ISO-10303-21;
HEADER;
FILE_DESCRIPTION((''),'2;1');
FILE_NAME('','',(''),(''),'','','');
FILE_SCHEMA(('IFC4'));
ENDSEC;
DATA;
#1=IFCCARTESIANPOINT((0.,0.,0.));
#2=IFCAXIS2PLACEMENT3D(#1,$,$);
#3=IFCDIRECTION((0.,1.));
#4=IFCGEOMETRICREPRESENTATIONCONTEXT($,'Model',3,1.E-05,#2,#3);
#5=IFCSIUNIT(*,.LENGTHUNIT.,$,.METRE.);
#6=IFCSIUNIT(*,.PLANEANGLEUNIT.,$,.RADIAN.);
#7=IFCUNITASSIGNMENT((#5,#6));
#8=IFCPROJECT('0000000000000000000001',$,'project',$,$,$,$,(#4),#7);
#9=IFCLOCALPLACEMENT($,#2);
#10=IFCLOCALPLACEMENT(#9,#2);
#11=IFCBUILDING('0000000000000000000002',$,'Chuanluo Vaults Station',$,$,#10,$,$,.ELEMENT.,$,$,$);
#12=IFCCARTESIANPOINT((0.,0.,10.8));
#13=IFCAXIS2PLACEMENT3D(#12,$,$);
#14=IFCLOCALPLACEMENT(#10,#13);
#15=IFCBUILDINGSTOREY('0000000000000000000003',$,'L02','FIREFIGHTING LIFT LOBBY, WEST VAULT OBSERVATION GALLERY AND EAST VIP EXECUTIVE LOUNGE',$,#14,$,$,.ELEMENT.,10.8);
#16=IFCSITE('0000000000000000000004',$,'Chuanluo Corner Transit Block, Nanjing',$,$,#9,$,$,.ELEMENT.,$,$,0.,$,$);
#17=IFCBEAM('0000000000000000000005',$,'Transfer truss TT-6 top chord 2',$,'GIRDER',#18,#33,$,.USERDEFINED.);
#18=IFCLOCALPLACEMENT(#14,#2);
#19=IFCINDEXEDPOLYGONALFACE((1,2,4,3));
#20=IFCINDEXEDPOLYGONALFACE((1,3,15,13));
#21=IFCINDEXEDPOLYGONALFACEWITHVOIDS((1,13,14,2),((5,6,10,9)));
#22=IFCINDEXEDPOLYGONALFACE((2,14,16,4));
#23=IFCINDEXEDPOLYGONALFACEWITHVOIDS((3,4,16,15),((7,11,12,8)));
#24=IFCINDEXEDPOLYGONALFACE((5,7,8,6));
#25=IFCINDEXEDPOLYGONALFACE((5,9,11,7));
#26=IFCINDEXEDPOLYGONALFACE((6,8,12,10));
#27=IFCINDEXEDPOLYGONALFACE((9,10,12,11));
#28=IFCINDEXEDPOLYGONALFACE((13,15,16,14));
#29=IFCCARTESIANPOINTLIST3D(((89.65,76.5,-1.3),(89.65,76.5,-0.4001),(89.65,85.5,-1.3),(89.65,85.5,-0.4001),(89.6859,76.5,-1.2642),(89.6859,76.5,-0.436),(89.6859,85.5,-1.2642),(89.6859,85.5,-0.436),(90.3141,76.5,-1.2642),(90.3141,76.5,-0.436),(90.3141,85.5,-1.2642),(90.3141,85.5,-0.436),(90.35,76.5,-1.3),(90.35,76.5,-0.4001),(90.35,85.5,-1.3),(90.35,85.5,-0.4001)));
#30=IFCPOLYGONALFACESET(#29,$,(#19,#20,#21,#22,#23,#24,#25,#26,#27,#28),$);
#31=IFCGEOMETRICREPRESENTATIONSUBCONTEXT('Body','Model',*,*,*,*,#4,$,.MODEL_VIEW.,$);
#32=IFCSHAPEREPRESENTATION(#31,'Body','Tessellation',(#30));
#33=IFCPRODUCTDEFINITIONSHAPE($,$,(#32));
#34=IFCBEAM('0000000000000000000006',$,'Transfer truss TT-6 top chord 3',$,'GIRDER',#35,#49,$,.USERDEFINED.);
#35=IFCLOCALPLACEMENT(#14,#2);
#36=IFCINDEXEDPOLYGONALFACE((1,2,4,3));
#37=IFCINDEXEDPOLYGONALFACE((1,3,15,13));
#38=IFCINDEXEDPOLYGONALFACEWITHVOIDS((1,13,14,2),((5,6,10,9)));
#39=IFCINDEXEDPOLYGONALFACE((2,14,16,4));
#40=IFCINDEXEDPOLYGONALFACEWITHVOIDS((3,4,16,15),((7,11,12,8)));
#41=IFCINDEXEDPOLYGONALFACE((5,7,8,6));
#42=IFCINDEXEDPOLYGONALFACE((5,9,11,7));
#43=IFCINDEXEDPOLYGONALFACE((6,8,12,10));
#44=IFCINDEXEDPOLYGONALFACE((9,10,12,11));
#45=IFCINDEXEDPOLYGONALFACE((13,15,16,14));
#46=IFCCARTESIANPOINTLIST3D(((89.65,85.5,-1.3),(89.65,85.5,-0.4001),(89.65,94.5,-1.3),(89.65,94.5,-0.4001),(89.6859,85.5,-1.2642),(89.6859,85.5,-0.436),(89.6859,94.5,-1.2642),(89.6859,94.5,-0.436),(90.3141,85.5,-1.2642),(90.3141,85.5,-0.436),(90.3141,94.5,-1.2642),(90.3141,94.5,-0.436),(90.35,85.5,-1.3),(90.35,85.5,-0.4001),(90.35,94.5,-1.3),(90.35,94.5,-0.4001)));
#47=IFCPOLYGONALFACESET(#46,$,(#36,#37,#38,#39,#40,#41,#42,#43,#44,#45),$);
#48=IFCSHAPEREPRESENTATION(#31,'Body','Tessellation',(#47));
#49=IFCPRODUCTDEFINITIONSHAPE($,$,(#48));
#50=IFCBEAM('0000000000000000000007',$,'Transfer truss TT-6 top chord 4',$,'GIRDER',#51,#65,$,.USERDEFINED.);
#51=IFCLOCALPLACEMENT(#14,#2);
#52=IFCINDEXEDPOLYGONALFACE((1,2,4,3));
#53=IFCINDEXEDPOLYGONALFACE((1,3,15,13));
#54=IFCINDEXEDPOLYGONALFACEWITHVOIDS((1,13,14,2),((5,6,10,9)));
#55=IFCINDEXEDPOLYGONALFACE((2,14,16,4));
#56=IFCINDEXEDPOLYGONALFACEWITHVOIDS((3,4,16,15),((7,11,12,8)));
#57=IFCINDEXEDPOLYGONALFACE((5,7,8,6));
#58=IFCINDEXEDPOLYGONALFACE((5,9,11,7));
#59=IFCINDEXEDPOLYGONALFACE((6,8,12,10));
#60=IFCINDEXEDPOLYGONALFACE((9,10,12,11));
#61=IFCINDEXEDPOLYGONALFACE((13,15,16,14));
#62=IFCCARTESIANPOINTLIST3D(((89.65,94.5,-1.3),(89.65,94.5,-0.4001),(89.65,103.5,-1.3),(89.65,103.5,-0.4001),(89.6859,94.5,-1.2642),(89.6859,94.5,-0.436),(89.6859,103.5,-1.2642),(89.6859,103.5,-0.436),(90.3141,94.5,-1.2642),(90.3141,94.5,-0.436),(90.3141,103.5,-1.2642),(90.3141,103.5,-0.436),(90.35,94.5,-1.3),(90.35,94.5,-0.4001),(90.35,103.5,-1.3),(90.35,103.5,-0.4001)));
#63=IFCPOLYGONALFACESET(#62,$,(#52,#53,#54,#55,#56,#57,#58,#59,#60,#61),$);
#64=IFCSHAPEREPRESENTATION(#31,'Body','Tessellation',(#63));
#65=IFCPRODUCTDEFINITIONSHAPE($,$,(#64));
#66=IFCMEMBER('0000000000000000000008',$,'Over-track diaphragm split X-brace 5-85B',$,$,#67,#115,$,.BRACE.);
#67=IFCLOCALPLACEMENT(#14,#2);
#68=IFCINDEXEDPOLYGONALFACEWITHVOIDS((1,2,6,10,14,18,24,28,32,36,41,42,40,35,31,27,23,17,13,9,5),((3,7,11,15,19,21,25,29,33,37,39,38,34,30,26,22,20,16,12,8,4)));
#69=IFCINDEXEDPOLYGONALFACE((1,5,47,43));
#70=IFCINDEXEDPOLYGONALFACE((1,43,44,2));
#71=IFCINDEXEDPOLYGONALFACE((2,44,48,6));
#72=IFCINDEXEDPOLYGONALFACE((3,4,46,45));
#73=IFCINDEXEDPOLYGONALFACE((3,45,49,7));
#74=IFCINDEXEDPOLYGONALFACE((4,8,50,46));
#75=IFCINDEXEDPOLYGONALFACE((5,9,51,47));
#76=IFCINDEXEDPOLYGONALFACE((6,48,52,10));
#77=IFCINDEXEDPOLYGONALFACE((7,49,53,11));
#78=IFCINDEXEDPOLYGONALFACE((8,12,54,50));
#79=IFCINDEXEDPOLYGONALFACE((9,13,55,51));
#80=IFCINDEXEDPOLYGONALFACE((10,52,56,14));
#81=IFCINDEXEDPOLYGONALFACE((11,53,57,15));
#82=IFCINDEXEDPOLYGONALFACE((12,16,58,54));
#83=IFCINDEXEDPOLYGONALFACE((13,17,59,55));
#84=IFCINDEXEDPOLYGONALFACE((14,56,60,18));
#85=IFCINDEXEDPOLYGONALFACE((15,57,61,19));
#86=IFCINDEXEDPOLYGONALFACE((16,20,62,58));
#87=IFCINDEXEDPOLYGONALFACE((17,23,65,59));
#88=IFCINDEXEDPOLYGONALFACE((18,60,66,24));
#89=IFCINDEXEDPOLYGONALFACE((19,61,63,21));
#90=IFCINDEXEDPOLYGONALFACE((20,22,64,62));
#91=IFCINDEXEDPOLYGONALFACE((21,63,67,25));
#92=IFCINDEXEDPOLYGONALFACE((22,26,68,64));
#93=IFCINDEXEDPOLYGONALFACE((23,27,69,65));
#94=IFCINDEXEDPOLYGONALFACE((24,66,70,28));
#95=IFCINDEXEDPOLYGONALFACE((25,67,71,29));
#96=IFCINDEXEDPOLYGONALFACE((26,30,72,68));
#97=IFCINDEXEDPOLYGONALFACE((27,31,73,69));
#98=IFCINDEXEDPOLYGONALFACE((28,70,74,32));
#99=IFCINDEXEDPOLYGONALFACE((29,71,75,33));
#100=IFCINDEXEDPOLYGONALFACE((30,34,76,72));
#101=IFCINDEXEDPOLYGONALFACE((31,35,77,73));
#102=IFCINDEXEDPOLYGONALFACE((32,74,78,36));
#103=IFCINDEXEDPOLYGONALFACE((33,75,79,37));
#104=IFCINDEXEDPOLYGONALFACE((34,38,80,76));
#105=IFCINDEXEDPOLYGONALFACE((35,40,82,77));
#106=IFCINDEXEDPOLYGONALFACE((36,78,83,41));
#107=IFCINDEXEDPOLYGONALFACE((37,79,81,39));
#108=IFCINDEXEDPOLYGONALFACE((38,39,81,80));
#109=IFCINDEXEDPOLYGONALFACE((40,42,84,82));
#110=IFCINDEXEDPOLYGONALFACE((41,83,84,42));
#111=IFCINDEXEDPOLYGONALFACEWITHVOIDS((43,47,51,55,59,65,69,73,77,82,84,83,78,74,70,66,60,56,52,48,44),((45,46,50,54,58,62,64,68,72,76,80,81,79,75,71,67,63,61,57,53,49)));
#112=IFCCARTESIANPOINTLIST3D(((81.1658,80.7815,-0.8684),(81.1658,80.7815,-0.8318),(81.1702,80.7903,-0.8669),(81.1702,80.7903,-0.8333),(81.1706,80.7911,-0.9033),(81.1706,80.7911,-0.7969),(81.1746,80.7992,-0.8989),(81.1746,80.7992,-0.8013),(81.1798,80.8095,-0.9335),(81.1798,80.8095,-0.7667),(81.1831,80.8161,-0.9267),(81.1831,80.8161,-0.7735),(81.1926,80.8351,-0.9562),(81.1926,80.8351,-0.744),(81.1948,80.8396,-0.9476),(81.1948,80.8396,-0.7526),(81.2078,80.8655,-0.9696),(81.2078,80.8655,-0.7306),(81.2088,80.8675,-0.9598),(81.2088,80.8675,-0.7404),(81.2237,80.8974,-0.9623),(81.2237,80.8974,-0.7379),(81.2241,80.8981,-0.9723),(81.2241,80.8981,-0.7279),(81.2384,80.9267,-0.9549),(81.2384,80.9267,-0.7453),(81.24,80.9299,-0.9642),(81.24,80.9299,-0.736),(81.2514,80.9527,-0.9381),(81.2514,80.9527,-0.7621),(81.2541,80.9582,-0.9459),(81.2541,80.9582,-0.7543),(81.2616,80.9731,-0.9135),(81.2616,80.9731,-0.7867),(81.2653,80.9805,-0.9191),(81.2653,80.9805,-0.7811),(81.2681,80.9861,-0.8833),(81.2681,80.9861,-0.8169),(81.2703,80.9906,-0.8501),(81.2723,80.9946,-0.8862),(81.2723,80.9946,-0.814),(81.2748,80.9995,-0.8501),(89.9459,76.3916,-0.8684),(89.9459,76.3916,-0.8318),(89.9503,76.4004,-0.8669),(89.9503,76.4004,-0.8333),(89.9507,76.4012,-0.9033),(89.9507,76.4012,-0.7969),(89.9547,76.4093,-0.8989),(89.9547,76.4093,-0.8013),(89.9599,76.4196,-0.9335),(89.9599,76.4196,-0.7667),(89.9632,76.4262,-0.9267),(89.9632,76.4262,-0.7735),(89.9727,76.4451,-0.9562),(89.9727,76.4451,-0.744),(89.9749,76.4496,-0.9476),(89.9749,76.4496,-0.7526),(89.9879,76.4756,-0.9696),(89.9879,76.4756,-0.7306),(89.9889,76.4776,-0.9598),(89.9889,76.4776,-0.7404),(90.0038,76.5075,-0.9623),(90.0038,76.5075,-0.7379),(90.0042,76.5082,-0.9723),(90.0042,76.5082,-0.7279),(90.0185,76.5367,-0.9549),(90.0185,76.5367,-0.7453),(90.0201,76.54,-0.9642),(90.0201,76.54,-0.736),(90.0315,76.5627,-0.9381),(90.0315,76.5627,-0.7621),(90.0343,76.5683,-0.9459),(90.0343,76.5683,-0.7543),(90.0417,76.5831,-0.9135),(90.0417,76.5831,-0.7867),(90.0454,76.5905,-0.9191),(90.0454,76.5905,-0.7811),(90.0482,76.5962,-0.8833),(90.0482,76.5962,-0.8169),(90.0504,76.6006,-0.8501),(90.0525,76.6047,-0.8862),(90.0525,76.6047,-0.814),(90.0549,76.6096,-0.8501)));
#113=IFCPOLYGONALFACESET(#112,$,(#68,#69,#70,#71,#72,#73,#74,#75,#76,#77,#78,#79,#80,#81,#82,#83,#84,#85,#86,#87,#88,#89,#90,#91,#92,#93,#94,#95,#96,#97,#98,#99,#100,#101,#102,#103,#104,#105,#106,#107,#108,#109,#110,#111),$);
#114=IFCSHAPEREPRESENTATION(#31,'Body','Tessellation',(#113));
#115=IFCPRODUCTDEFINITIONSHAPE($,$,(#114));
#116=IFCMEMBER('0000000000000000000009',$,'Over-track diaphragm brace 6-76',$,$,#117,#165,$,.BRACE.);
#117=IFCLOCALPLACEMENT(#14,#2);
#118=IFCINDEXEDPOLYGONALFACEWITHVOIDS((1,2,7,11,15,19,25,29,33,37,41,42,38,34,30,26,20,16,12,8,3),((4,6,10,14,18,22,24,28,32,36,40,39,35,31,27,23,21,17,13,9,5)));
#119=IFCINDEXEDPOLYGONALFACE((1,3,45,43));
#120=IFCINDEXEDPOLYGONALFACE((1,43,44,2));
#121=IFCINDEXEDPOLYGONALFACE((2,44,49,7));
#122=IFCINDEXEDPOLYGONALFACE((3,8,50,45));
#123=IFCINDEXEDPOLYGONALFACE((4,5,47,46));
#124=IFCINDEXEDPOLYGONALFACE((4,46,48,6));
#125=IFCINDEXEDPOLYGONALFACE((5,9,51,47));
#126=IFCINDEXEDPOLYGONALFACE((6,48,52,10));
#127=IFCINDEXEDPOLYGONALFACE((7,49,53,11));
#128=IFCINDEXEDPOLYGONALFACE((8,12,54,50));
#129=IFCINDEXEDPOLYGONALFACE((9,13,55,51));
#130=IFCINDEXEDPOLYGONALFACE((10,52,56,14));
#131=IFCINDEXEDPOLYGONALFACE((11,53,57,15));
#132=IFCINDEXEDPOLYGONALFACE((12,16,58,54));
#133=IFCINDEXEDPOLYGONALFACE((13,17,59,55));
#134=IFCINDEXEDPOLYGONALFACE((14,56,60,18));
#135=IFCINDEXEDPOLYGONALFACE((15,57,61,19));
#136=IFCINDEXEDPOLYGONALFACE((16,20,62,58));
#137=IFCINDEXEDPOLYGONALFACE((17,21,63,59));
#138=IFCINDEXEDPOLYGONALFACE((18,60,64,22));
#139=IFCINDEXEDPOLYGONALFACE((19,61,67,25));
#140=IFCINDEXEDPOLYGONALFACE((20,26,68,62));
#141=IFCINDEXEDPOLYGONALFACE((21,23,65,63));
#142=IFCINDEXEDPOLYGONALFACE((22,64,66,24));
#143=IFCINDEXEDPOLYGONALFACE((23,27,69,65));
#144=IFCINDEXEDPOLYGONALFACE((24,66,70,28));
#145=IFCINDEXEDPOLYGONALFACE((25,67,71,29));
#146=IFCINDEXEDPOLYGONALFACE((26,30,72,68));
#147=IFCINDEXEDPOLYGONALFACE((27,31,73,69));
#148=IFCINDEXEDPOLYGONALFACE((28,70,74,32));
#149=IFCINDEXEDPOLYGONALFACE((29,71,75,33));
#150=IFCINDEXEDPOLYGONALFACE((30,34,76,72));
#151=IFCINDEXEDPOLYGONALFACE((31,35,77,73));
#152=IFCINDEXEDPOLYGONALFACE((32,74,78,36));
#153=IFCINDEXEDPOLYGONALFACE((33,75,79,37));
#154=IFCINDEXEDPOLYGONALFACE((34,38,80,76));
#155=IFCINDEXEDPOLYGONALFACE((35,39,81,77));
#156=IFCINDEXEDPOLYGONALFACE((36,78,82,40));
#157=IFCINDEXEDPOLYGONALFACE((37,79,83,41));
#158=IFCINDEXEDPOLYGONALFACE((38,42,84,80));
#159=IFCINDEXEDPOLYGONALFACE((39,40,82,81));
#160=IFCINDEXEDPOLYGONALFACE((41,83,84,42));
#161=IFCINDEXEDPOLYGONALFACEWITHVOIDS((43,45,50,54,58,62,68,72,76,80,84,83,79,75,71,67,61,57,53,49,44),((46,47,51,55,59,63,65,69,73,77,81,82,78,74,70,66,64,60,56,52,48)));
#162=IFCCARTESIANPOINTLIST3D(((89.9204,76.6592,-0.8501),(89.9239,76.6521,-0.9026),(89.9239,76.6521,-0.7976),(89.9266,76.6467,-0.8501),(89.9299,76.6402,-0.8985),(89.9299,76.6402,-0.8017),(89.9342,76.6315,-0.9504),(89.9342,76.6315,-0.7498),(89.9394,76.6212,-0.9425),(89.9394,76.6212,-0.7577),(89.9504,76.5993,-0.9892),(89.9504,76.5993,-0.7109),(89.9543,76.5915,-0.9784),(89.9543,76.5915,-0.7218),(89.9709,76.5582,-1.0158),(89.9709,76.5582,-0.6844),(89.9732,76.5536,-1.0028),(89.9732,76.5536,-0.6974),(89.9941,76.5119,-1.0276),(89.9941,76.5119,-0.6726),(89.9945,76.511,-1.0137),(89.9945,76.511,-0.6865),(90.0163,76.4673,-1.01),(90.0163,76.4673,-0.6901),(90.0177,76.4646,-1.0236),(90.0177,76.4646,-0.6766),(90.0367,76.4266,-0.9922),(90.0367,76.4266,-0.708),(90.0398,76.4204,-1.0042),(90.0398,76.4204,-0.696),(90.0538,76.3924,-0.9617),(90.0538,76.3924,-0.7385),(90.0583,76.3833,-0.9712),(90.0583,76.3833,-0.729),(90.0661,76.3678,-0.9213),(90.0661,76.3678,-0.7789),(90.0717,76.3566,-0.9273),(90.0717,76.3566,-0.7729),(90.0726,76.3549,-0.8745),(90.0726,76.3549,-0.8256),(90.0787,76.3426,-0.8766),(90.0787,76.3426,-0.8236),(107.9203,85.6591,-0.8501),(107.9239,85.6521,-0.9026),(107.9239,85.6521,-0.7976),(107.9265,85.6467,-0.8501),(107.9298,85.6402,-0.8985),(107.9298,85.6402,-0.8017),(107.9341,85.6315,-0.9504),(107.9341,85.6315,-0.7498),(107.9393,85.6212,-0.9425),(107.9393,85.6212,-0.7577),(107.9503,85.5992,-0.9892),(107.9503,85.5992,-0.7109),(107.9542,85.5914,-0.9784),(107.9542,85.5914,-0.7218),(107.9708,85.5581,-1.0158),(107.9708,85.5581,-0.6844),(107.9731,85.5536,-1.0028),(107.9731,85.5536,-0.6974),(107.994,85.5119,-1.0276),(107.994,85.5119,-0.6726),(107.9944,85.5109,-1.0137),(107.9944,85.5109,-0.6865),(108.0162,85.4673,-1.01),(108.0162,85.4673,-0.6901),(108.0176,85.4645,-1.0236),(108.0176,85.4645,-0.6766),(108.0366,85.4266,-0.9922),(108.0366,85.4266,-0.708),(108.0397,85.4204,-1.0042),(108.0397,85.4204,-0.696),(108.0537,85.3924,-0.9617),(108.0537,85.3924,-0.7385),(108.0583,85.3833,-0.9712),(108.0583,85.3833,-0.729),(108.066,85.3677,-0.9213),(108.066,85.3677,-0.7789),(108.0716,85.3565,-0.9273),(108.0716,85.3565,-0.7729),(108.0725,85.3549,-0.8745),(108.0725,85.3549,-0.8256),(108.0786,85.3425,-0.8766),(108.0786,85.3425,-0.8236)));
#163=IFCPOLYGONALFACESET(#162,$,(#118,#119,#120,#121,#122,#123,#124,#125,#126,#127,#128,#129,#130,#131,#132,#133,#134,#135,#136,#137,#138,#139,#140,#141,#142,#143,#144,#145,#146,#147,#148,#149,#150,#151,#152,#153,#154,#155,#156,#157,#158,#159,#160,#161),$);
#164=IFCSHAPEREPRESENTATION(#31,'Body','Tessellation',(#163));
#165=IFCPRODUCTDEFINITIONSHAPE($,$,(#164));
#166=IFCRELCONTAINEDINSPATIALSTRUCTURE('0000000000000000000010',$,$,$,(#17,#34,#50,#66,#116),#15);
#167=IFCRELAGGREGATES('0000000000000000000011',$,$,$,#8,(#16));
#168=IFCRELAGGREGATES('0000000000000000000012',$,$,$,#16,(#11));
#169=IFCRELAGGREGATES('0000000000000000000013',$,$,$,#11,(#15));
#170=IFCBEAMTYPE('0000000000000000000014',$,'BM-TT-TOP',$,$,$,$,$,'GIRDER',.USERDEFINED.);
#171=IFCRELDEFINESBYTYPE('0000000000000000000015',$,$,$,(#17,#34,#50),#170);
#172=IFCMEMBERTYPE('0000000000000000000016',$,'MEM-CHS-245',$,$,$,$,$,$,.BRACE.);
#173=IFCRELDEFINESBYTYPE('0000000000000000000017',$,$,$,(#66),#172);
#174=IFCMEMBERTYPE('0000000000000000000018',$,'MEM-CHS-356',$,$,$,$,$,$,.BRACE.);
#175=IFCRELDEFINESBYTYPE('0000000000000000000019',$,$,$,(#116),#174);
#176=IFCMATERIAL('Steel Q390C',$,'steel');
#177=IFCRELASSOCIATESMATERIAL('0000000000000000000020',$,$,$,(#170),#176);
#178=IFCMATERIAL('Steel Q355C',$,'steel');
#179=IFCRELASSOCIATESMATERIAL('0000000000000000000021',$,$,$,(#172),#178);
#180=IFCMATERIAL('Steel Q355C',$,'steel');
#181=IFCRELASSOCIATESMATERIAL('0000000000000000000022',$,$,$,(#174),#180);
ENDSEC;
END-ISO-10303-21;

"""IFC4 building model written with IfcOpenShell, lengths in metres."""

from ifc_helpers import new_model, si_unit, direction, frame, origin, origin_2d, place, context, subcontext, project, spatial, hollow_rectangle, hollow_circle, extrude, material, material_profile, profile_set, type_object, element, save


model = new_model("IFC4")

# Units and contexts
model_context = context("Model", 3, precision=1e-05, world=origin(), true_north=direction((0.0, 1.0)))
body_context = subcontext(model_context, "Body", "Model", "MODEL_VIEW")
ifc_project = project(units=[si_unit("LENGTHUNIT", "METRE"), si_unit("PLANEANGLEUNIT", "RADIAN")], contexts=[model_context])

# Site, building, storey
site_placement = place(None, origin())
site = spatial("IfcSite", under=ifc_project, at=site_placement, Name="Chuanluo Corner Transit Block, Nanjing", CompositionType="ELEMENT", RefElevation=0.0)
building_placement = place(site_placement, origin())
building = spatial("IfcBuilding", under=site, at=building_placement, Name="Chuanluo Vaults Station", CompositionType="ELEMENT")
storey_placement = place(building_placement, frame((0.0, 0.0, 10.8)))
storey = spatial("IfcBuildingStorey", under=building, at=storey_placement, Name="L02", Description="FIREFIGHTING LIFT LOBBY, WEST VAULT OBSERVATION GALLERY AND EAST VIP EXECUTIVE LOUNGE", CompositionType="ELEMENT", Elevation=10.8)

# Beams
ifc_material_1 = material(Name="Steel Q390C", Category="steel")
ifc_material_profile_1 = material_profile(ifc_material_1, hollow_rectangle(XDim=0.7, YDim=0.8999, WallThickness=0.0359, at=origin_2d()))
ifc_profile_set_1 = profile_set([ifc_material_profile_1], Name="Steel Q390C")
beam_type_1 = type_object("IfcBeamType", Name="BM-TT-TOP", ElementType="GIRDER", PredefinedType="USERDEFINED", material=ifc_profile_set_1)
for number, where, z_axis, x_axis, name in (
    (1, (90.0, 76.5, -0.8501), (0.0, 1.0, 0.0), (-1.0, 0.0, 0.0), "Transfer truss TT-6 top chord 2"),
    (2, (90.0, 85.5, -0.8501), (0.0, 1.0, 0.0), (-1.0, 0.0, 0.0), "Transfer truss TT-6 top chord 3"),
    (3, (90.0, 94.5, -0.8501), (0.0, 1.0, 0.0), (-1.0, 0.0, 0.0), "Transfer truss TT-6 top chord 4"),
):
    element("IfcBeam", number, at=place(storey_placement, frame(where, z_axis=z_axis, x_axis=x_axis)), inside=storey, type_object=beam_type_1, Name=name, ObjectType="GIRDER", PredefinedType="USERDEFINED", context=body_context, shape_type="SweptSolid", body=[
        extrude(hollow_rectangle(XDim=0.7, YDim=0.8999, WallThickness=0.0359, at=origin_2d()), origin(), (0.0, 0.0, 1.0), 9.0),
    ])

# Members
ifc_material_2 = material(Name="Steel Q355C", Category="steel")
ifc_material_profile_2 = material_profile(ifc_material_2, hollow_circle(Radius=0.1226, WallThickness=0.01, at=origin_2d()))
ifc_profile_set_2 = profile_set([ifc_material_profile_2], Name="Steel Q355C")
member_type_1 = type_object("IfcMemberType", Name="MEM-CHS-245", PredefinedType="BRACE", material=ifc_profile_set_2)
member_1_placement = place(storey_placement, frame((81.22, 80.8899, -0.8501), z_axis=(0.894432, -0.447204, 0.0), x_axis=(0.447204, 0.894432, 0.0)))
element("IfcMember", 4, at=member_1_placement, inside=storey, type_object=member_type_1, Name="Over-track diaphragm split X-brace 5-85B", PredefinedType="BRACE", context=body_context, shape_type="SweptSolid", body=[
    extrude(hollow_circle(Radius=0.1226, WallThickness=0.01, at=origin_2d()), origin(), (0.0, 0.0, 1.0), 9.8164),
])
ifc_material_3 = material(Name="Steel Q355C", Category="steel")
ifc_material_profile_3 = material_profile(ifc_material_3, hollow_circle(Radius=0.178, WallThickness=0.0139, at=origin_2d()))
ifc_profile_set_3 = profile_set([ifc_material_profile_3], Name="Steel Q355C")
member_type_2 = type_object("IfcMemberType", Name="MEM-CHS-356", PredefinedType="BRACE", material=ifc_profile_set_3)
member_2_placement = place(storey_placement, frame((90.0, 76.5, -0.8501), z_axis=(0.894427, 0.447214, 0.0), x_axis=(-0.447214, 0.894427, 0.0)))
element("IfcMember", 5, at=member_2_placement, inside=storey, type_object=member_type_2, Name="Over-track diaphragm brace 6-76", PredefinedType="BRACE", context=body_context, shape_type="SweptSolid", body=[
    extrude(hollow_circle(Radius=0.178, WallThickness=0.0139, at=origin_2d()), origin(), (0.0, 0.0, 1.0), 20.1245),
])

save(model, "model.ifc")
